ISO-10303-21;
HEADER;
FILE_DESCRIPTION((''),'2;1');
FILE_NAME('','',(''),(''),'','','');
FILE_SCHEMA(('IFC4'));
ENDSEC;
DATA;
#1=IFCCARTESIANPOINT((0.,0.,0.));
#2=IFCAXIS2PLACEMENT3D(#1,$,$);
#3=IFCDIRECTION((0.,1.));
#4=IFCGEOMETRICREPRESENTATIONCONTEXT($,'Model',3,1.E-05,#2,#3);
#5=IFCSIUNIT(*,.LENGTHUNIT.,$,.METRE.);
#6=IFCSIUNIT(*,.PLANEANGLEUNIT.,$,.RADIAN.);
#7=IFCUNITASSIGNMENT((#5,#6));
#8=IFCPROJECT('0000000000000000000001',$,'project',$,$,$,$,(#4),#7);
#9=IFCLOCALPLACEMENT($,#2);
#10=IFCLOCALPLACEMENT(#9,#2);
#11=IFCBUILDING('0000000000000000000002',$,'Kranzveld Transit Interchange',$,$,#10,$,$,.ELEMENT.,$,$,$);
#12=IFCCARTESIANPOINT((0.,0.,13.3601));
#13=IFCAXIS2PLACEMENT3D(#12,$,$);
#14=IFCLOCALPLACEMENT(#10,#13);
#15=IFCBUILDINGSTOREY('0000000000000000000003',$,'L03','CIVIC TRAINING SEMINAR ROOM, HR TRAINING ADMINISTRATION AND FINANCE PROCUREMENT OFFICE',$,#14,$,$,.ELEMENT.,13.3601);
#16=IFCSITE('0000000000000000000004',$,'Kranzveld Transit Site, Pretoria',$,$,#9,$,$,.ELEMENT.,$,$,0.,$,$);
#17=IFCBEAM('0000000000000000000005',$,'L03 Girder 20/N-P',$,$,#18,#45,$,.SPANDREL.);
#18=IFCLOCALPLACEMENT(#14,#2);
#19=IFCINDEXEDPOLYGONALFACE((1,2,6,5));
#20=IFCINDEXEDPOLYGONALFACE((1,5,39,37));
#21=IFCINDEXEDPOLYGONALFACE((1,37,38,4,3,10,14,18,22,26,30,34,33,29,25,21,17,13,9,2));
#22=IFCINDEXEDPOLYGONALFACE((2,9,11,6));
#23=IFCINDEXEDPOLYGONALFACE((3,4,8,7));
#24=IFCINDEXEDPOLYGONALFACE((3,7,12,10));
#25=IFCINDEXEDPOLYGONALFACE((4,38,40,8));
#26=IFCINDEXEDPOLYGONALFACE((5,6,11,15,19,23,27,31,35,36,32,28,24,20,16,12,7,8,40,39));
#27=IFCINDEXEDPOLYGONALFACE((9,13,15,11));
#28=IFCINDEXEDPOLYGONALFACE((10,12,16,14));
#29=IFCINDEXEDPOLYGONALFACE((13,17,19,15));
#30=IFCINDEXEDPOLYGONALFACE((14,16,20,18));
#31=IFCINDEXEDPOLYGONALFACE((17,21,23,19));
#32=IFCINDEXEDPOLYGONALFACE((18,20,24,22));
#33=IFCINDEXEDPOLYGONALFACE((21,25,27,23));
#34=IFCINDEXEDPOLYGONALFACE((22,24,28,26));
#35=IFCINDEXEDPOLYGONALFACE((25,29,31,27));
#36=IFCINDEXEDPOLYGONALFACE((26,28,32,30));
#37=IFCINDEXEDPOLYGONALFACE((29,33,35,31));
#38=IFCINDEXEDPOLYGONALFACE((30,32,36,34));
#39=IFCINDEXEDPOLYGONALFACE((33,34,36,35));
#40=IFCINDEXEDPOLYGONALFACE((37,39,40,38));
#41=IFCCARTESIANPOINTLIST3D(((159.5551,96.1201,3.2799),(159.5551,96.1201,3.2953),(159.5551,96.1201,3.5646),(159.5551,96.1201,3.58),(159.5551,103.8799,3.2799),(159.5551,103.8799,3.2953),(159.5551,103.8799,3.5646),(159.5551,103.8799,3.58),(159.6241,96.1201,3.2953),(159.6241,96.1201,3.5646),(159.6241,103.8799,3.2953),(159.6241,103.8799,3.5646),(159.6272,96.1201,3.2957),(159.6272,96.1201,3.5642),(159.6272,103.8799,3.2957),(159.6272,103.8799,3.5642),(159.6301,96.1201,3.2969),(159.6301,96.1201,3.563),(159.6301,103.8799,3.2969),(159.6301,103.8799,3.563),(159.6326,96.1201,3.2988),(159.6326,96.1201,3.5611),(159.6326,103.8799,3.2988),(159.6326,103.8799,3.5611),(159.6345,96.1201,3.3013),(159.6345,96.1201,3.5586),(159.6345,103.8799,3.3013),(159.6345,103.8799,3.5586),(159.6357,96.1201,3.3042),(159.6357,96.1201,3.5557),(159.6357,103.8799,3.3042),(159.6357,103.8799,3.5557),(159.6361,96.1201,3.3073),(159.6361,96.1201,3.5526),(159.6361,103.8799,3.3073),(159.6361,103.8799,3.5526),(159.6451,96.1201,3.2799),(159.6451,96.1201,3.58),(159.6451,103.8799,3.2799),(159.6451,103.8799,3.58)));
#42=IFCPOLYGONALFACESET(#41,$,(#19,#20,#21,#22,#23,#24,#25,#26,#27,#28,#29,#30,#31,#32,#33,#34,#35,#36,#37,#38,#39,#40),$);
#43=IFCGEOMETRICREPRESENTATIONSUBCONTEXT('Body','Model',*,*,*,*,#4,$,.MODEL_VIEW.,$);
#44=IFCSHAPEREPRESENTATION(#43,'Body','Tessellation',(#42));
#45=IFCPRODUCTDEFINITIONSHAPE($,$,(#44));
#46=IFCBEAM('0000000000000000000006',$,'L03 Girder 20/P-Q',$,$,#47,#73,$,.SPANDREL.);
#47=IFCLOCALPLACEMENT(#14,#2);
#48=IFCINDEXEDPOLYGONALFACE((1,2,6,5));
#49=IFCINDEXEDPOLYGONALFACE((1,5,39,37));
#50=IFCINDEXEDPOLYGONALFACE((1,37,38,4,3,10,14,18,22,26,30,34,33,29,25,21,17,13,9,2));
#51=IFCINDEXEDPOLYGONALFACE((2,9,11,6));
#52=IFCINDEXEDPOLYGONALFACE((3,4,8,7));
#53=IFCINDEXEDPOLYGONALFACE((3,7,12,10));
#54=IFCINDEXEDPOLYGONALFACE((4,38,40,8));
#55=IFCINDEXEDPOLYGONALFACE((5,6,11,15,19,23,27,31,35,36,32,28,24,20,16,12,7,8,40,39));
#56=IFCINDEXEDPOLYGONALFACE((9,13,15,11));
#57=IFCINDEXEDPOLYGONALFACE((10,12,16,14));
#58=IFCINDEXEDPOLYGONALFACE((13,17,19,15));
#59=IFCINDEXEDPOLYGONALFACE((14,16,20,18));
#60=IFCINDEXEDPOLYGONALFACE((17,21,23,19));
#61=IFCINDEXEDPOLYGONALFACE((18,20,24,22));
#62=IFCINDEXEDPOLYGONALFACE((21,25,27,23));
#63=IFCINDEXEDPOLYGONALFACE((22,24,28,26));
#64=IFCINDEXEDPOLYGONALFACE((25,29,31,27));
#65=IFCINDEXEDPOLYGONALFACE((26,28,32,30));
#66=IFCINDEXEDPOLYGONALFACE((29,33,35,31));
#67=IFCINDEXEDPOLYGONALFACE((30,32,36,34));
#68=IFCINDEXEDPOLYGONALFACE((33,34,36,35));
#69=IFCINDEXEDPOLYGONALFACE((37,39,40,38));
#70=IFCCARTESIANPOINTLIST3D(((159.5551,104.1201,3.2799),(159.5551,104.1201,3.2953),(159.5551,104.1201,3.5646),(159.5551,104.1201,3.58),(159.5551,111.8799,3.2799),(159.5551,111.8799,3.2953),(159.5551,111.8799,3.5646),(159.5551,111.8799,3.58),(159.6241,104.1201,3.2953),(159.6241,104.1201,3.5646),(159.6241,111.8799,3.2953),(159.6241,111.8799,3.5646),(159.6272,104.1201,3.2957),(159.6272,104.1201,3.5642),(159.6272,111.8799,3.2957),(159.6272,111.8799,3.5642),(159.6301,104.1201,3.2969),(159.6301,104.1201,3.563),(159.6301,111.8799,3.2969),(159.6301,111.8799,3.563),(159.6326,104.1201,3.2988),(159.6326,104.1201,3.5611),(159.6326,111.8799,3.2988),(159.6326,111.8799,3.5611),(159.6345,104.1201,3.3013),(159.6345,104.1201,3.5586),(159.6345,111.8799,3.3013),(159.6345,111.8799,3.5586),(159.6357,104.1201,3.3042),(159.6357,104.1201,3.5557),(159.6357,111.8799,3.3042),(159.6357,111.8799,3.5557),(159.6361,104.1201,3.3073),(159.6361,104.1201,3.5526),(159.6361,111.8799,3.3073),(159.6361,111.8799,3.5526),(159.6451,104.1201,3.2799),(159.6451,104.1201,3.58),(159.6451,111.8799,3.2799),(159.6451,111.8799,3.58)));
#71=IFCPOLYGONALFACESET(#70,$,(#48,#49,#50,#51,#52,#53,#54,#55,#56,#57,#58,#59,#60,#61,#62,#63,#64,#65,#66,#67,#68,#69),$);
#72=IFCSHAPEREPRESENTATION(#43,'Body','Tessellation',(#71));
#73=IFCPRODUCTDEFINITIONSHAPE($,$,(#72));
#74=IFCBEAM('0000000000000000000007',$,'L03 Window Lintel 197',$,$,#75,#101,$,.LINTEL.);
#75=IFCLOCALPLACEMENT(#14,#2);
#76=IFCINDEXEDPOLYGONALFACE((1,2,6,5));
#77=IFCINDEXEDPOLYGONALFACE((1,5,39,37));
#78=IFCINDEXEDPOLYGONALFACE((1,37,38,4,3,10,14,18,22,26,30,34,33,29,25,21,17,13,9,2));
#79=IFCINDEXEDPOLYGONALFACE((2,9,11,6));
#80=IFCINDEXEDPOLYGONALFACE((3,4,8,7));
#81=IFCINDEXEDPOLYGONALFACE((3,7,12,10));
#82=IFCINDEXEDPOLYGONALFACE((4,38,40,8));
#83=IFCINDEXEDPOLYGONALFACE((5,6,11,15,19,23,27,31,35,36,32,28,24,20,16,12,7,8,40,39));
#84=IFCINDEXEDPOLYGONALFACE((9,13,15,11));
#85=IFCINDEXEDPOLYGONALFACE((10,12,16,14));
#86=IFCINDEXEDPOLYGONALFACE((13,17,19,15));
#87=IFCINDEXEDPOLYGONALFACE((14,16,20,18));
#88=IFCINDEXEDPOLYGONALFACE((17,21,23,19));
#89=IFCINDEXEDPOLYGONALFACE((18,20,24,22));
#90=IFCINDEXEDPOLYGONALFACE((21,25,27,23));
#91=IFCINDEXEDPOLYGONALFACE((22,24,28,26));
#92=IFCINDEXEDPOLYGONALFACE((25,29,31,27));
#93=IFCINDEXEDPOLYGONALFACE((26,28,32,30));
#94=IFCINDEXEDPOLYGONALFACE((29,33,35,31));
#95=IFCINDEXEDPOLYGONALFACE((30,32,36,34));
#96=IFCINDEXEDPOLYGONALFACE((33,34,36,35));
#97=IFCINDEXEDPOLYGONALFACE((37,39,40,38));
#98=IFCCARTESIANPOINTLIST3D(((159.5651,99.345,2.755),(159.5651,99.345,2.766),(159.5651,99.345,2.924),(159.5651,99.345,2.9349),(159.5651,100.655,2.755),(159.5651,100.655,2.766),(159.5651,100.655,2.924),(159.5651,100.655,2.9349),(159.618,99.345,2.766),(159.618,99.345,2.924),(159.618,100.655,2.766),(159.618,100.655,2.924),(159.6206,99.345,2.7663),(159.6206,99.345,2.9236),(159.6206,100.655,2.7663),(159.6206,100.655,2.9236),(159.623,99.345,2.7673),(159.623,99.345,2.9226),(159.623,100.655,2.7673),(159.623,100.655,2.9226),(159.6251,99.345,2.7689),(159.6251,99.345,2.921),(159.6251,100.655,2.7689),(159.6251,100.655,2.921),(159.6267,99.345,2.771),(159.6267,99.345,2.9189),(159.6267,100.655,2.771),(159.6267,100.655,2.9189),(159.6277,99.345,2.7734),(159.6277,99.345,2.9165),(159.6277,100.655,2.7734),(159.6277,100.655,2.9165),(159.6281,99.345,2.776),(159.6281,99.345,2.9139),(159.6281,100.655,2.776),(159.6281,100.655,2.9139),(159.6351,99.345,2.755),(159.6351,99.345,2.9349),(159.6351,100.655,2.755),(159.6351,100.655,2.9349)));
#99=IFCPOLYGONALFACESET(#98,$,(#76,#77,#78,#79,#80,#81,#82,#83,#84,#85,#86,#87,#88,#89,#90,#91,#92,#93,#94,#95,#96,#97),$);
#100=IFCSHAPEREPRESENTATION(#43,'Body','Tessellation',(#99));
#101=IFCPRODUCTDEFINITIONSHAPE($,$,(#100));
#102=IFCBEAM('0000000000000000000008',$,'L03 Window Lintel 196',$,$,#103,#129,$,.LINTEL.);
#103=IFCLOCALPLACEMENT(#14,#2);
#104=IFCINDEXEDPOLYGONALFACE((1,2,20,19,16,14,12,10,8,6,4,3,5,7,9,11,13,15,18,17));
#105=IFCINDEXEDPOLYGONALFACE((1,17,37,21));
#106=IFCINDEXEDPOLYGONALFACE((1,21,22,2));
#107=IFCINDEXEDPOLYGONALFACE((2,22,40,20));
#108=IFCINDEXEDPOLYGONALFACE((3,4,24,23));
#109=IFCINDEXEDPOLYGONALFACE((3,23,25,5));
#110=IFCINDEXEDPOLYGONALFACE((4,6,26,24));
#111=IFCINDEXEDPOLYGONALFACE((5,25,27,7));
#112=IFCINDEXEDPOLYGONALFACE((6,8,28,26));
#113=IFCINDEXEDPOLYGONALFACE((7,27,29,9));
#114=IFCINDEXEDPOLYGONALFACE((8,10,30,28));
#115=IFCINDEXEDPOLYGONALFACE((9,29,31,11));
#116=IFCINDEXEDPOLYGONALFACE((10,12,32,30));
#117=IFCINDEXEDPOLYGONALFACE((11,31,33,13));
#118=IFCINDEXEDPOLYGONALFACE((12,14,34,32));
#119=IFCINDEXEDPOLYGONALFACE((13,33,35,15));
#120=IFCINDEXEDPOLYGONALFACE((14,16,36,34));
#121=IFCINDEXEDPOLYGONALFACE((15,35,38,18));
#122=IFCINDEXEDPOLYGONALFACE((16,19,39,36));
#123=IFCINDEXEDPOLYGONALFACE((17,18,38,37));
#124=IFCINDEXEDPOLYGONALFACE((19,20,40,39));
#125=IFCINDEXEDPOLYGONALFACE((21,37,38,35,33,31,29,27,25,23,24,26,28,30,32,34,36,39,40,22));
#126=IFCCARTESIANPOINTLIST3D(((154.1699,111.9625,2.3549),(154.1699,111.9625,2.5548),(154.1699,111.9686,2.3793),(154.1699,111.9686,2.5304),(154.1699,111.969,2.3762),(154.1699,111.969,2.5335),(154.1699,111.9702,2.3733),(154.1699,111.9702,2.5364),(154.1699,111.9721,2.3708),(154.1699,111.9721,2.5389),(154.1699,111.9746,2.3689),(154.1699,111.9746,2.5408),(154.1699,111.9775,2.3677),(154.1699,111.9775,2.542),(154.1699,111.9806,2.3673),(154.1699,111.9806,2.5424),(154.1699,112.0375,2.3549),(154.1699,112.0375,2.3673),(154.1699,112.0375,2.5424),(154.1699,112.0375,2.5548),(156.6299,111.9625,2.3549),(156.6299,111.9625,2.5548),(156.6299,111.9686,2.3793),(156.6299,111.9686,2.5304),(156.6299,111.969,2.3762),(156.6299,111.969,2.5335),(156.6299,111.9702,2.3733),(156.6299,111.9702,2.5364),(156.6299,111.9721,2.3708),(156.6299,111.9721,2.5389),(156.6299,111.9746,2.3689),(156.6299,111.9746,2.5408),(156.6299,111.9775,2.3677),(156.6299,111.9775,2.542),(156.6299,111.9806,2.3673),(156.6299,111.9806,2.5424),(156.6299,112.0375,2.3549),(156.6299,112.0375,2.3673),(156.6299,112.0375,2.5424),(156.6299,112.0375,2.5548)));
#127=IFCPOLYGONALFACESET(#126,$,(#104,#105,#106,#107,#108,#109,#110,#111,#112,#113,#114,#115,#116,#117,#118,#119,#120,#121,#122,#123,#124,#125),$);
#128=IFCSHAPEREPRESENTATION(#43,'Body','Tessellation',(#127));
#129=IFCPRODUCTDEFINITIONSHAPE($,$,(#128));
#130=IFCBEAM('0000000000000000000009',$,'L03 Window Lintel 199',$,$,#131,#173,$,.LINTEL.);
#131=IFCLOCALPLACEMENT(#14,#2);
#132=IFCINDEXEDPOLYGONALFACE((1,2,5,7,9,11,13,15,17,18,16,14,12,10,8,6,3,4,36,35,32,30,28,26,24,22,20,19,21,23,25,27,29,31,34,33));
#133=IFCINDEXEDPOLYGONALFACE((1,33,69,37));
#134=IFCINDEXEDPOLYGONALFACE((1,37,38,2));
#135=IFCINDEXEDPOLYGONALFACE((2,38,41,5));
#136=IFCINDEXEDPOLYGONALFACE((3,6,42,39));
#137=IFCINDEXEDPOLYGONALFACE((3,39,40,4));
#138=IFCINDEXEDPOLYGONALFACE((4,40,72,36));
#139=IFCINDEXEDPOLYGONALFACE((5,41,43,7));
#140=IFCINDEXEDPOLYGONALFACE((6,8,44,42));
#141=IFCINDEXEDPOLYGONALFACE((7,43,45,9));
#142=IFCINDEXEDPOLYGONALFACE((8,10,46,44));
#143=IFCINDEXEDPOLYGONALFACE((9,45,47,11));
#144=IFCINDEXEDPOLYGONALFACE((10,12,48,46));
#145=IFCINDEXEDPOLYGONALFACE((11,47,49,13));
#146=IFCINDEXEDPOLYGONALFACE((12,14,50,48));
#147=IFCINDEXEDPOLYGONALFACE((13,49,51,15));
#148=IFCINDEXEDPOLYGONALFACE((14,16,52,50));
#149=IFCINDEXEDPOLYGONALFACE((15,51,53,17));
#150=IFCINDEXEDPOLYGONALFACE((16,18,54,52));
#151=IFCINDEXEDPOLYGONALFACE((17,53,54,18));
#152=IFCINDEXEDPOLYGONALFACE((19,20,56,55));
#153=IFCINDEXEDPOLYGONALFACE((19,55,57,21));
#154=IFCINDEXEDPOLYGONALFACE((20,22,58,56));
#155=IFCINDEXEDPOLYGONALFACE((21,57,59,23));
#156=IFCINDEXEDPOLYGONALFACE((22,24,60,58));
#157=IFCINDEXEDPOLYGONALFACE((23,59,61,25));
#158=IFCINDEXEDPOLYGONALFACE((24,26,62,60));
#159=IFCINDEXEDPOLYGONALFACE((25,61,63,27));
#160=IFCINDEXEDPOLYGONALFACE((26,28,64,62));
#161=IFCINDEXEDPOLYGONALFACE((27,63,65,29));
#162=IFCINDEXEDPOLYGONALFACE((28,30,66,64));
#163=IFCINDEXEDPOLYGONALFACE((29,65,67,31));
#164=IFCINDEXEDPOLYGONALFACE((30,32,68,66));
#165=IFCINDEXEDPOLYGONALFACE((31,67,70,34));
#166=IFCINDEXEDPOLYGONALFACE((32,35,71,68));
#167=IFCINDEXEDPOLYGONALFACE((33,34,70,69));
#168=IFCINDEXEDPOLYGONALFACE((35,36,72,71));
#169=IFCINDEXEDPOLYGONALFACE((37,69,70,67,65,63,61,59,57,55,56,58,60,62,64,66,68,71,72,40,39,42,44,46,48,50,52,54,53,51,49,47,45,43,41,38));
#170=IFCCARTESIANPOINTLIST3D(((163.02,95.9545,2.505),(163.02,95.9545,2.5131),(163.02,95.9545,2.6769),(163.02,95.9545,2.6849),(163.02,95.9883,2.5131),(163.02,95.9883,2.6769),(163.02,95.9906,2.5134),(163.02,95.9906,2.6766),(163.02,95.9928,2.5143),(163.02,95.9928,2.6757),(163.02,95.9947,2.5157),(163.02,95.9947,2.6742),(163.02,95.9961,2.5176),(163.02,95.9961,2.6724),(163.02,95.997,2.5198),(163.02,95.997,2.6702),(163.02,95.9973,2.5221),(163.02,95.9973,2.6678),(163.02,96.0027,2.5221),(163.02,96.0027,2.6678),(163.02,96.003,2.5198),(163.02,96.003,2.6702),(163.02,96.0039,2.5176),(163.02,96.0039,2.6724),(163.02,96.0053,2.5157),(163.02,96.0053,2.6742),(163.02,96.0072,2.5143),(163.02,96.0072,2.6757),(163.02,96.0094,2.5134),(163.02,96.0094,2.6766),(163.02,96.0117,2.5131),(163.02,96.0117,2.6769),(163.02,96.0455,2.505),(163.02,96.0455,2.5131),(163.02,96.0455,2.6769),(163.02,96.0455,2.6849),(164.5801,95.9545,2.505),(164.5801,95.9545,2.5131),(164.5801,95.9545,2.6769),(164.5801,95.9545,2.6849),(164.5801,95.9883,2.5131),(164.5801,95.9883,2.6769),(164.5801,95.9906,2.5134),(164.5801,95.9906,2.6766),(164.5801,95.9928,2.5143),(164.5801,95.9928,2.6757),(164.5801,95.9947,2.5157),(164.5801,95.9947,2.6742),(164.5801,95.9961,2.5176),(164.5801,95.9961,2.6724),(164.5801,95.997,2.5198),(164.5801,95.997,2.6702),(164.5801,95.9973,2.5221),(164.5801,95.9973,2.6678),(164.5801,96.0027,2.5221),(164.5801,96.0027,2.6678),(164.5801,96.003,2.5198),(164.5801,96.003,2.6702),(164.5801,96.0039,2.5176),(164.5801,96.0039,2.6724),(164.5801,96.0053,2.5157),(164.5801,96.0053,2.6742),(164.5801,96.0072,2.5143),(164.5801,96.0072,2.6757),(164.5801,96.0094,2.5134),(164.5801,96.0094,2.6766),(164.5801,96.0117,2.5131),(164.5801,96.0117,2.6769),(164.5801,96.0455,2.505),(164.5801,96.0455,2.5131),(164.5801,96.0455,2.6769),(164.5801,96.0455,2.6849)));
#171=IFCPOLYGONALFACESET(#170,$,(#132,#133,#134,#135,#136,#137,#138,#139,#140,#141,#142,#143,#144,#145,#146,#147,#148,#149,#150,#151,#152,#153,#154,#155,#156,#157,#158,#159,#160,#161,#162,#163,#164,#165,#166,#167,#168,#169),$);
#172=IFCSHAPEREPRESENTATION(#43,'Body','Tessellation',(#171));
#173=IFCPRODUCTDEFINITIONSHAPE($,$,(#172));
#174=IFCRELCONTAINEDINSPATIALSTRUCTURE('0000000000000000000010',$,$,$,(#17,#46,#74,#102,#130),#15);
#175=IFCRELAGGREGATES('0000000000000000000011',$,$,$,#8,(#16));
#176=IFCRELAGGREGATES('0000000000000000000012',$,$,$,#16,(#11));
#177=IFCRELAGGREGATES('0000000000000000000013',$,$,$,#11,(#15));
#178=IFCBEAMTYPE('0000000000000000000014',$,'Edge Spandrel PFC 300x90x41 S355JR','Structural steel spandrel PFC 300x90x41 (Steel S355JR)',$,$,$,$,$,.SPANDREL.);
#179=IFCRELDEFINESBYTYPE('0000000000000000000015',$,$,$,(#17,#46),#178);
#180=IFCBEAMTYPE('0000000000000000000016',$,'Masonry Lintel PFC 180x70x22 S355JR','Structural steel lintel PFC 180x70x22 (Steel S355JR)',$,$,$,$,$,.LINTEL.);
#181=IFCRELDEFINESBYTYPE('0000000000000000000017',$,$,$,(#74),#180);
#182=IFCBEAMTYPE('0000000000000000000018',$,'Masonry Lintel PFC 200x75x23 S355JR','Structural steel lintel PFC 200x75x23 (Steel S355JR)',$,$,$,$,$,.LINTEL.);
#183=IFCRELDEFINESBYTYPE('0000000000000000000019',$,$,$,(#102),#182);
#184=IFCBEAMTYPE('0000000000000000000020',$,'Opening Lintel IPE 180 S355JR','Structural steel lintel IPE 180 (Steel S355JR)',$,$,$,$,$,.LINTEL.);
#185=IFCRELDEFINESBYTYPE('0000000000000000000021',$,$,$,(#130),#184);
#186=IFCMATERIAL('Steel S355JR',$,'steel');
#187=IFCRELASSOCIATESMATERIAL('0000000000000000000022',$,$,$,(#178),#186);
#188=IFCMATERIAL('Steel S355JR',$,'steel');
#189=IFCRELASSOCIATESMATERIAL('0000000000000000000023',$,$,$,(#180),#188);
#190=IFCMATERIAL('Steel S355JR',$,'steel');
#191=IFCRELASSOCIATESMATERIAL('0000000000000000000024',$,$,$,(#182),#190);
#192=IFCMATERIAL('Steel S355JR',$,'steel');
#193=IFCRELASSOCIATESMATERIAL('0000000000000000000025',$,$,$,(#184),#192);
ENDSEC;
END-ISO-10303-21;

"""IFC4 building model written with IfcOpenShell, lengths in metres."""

from ifc_helpers import new_model, si_unit, direction, frame, origin, origin_2d, place, context, subcontext, project, spatial, i_section, u_section, extrude, material, material_profile, profile_set, type_object, element, save


model = new_model("IFC4")

# Units and contexts
model_context = context("Model", 3, precision=1e-05, world=origin(), true_north=direction((0.0, 1.0)))
body_context = subcontext(model_context, "Body", "Model", "MODEL_VIEW")
ifc_project = project(units=[si_unit("LENGTHUNIT", "METRE"), si_unit("PLANEANGLEUNIT", "RADIAN")], contexts=[model_context])

# Site, building, storey
site_placement = place(None, origin())
site = spatial("IfcSite", under=ifc_project, at=site_placement, Name="Kranzveld Transit Site, Pretoria", CompositionType="ELEMENT", RefElevation=0.0)
building_placement = place(site_placement, origin())
building = spatial("IfcBuilding", under=site, at=building_placement, Name="Kranzveld Transit Interchange", CompositionType="ELEMENT")
storey_placement = place(building_placement, frame((0.0, 0.0, 13.3601)))
storey = spatial("IfcBuildingStorey", under=building, at=storey_placement, Name="L03", Description="CIVIC TRAINING SEMINAR ROOM, HR TRAINING ADMINISTRATION AND FINANCE PROCUREMENT OFFICE", CompositionType="ELEMENT", Elevation=13.3601)

# Beams
ifc_material_1 = material(Name="Steel S355JR", Category="steel")
ifc_material_profile_1 = material_profile(ifc_material_1, u_section(Depth=0.3, FlangeWidth=0.0901, WebThickness=0.009, FlangeThickness=0.0154, FilletRadius=0.012, at=origin_2d()), Name="PFC 300x90x41")
ifc_profile_set_1 = profile_set([ifc_material_profile_1], Name="Steel S355JR")
beam_type_1 = type_object("IfcBeamType", Name="Edge Spandrel PFC 300x90x41 S355JR", Description="Structural steel spandrel PFC 300x90x41 (Steel S355JR)", PredefinedType="SPANDREL", material=ifc_profile_set_1)
for number, where, z_axis, x_axis, name in (
    (1, (159.6001, 96.1201, 3.4299), (0.0, 1.0, 0.0), (-1.0, 0.0, 0.0), "L03 Girder 20/N-P"),
    (2, (159.6001, 104.1201, 3.4299), (0.0, 1.0, 0.0), (-1.0, 0.0, 0.0), "L03 Girder 20/P-Q"),
):
    element("IfcBeam", number, at=place(storey_placement, frame(where, z_axis=z_axis, x_axis=x_axis)), inside=storey, type_object=beam_type_1, Name=name, PredefinedType="SPANDREL", context=body_context, shape_type="SweptSolid", body=[
        extrude(u_section(Depth=0.3, FlangeWidth=0.0901, WebThickness=0.009, FlangeThickness=0.0154, FilletRadius=0.012, at=origin_2d()), origin(), (0.0, 0.0, 1.0), 7.7598),
    ])
ifc_material_2 = material(Name="Steel S355JR", Category="steel")
ifc_material_profile_2 = material_profile(ifc_material_2, u_section(Depth=0.1799, FlangeWidth=0.0701, WebThickness=0.0071, FlangeThickness=0.011, FilletRadius=0.01, at=origin_2d()), Name="PFC 180x70x22")
ifc_profile_set_2 = profile_set([ifc_material_profile_2], Name="Steel S355JR")
beam_type_2 = type_object("IfcBeamType", Name="Masonry Lintel PFC 180x70x22 S355JR", Description="Structural steel lintel PFC 180x70x22 (Steel S355JR)", PredefinedType="LINTEL", material=ifc_profile_set_2)
beam_1_placement = place(storey_placement, frame((159.6001, 99.345, 2.845), z_axis=(0.0, 1.0, 0.0), x_axis=(-1.0, 0.0, 0.0)))
element("IfcBeam", 3, at=beam_1_placement, inside=storey, type_object=beam_type_2, Name="L03 Window Lintel 197", PredefinedType="LINTEL", context=body_context, shape_type="SweptSolid", body=[
    extrude(u_section(Depth=0.1799, FlangeWidth=0.0701, WebThickness=0.0071, FlangeThickness=0.011, FilletRadius=0.01, at=origin_2d()), origin(), (0.0, 0.0, 1.0), 1.3101),
])
ifc_material_3 = material(Name="Steel S355JR", Category="steel")
ifc_material_profile_3 = material_profile(ifc_material_3, u_section(Depth=0.2, FlangeWidth=0.075, WebThickness=0.0061, FlangeThickness=0.0125, FilletRadius=0.012, at=origin_2d()), Name="PFC 200x75x23")
ifc_profile_set_3 = profile_set([ifc_material_profile_3], Name="Steel S355JR")
beam_type_3 = type_object("IfcBeamType", Name="Masonry Lintel PFC 200x75x23 S355JR", Description="Structural steel lintel PFC 200x75x23 (Steel S355JR)", PredefinedType="LINTEL", material=ifc_profile_set_3)
beam_2_placement = place(storey_placement, frame((154.1699, 112.0, 2.4548), z_axis=(1.0, 0.0, 0.0), x_axis=(0.0, 1.0, 0.0)))
element("IfcBeam", 4, at=beam_2_placement, inside=storey, type_object=beam_type_3, Name="L03 Window Lintel 196", PredefinedType="LINTEL", context=body_context, shape_type="SweptSolid", body=[
    extrude(u_section(Depth=0.2, FlangeWidth=0.075, WebThickness=0.0061, FlangeThickness=0.0125, FilletRadius=0.012, at=origin_2d()), origin(), (0.0, 0.0, 1.0), 2.46),
])
ifc_material_4 = material(Name="Steel S355JR", Category="steel")
ifc_material_profile_4 = material_profile(ifc_material_4, i_section(OverallWidth=0.0911, OverallDepth=0.1799, WebThickness=0.0054, FlangeThickness=0.0081, FilletRadius=0.009, at=origin_2d()), Name="IPE 180")
ifc_profile_set_4 = profile_set([ifc_material_profile_4], Name="Steel S355JR")
beam_type_4 = type_object("IfcBeamType", Name="Opening Lintel IPE 180 S355JR", Description="Structural steel lintel IPE 180 (Steel S355JR)", PredefinedType="LINTEL", material=ifc_profile_set_4)
beam_3_placement = place(storey_placement, frame((163.02, 96.0, 2.595), z_axis=(1.0, 0.0, 0.0), x_axis=(0.0, 1.0, 0.0)))
element("IfcBeam", 5, at=beam_3_placement, inside=storey, type_object=beam_type_4, Name="L03 Window Lintel 199", PredefinedType="LINTEL", context=body_context, shape_type="SweptSolid", body=[
    extrude(i_section(OverallWidth=0.0911, OverallDepth=0.1799, WebThickness=0.0054, FlangeThickness=0.0081, FilletRadius=0.009, at=origin_2d()), origin(), (0.0, 0.0, 1.0), 1.5601),
])

save(model, "model.ifc")
